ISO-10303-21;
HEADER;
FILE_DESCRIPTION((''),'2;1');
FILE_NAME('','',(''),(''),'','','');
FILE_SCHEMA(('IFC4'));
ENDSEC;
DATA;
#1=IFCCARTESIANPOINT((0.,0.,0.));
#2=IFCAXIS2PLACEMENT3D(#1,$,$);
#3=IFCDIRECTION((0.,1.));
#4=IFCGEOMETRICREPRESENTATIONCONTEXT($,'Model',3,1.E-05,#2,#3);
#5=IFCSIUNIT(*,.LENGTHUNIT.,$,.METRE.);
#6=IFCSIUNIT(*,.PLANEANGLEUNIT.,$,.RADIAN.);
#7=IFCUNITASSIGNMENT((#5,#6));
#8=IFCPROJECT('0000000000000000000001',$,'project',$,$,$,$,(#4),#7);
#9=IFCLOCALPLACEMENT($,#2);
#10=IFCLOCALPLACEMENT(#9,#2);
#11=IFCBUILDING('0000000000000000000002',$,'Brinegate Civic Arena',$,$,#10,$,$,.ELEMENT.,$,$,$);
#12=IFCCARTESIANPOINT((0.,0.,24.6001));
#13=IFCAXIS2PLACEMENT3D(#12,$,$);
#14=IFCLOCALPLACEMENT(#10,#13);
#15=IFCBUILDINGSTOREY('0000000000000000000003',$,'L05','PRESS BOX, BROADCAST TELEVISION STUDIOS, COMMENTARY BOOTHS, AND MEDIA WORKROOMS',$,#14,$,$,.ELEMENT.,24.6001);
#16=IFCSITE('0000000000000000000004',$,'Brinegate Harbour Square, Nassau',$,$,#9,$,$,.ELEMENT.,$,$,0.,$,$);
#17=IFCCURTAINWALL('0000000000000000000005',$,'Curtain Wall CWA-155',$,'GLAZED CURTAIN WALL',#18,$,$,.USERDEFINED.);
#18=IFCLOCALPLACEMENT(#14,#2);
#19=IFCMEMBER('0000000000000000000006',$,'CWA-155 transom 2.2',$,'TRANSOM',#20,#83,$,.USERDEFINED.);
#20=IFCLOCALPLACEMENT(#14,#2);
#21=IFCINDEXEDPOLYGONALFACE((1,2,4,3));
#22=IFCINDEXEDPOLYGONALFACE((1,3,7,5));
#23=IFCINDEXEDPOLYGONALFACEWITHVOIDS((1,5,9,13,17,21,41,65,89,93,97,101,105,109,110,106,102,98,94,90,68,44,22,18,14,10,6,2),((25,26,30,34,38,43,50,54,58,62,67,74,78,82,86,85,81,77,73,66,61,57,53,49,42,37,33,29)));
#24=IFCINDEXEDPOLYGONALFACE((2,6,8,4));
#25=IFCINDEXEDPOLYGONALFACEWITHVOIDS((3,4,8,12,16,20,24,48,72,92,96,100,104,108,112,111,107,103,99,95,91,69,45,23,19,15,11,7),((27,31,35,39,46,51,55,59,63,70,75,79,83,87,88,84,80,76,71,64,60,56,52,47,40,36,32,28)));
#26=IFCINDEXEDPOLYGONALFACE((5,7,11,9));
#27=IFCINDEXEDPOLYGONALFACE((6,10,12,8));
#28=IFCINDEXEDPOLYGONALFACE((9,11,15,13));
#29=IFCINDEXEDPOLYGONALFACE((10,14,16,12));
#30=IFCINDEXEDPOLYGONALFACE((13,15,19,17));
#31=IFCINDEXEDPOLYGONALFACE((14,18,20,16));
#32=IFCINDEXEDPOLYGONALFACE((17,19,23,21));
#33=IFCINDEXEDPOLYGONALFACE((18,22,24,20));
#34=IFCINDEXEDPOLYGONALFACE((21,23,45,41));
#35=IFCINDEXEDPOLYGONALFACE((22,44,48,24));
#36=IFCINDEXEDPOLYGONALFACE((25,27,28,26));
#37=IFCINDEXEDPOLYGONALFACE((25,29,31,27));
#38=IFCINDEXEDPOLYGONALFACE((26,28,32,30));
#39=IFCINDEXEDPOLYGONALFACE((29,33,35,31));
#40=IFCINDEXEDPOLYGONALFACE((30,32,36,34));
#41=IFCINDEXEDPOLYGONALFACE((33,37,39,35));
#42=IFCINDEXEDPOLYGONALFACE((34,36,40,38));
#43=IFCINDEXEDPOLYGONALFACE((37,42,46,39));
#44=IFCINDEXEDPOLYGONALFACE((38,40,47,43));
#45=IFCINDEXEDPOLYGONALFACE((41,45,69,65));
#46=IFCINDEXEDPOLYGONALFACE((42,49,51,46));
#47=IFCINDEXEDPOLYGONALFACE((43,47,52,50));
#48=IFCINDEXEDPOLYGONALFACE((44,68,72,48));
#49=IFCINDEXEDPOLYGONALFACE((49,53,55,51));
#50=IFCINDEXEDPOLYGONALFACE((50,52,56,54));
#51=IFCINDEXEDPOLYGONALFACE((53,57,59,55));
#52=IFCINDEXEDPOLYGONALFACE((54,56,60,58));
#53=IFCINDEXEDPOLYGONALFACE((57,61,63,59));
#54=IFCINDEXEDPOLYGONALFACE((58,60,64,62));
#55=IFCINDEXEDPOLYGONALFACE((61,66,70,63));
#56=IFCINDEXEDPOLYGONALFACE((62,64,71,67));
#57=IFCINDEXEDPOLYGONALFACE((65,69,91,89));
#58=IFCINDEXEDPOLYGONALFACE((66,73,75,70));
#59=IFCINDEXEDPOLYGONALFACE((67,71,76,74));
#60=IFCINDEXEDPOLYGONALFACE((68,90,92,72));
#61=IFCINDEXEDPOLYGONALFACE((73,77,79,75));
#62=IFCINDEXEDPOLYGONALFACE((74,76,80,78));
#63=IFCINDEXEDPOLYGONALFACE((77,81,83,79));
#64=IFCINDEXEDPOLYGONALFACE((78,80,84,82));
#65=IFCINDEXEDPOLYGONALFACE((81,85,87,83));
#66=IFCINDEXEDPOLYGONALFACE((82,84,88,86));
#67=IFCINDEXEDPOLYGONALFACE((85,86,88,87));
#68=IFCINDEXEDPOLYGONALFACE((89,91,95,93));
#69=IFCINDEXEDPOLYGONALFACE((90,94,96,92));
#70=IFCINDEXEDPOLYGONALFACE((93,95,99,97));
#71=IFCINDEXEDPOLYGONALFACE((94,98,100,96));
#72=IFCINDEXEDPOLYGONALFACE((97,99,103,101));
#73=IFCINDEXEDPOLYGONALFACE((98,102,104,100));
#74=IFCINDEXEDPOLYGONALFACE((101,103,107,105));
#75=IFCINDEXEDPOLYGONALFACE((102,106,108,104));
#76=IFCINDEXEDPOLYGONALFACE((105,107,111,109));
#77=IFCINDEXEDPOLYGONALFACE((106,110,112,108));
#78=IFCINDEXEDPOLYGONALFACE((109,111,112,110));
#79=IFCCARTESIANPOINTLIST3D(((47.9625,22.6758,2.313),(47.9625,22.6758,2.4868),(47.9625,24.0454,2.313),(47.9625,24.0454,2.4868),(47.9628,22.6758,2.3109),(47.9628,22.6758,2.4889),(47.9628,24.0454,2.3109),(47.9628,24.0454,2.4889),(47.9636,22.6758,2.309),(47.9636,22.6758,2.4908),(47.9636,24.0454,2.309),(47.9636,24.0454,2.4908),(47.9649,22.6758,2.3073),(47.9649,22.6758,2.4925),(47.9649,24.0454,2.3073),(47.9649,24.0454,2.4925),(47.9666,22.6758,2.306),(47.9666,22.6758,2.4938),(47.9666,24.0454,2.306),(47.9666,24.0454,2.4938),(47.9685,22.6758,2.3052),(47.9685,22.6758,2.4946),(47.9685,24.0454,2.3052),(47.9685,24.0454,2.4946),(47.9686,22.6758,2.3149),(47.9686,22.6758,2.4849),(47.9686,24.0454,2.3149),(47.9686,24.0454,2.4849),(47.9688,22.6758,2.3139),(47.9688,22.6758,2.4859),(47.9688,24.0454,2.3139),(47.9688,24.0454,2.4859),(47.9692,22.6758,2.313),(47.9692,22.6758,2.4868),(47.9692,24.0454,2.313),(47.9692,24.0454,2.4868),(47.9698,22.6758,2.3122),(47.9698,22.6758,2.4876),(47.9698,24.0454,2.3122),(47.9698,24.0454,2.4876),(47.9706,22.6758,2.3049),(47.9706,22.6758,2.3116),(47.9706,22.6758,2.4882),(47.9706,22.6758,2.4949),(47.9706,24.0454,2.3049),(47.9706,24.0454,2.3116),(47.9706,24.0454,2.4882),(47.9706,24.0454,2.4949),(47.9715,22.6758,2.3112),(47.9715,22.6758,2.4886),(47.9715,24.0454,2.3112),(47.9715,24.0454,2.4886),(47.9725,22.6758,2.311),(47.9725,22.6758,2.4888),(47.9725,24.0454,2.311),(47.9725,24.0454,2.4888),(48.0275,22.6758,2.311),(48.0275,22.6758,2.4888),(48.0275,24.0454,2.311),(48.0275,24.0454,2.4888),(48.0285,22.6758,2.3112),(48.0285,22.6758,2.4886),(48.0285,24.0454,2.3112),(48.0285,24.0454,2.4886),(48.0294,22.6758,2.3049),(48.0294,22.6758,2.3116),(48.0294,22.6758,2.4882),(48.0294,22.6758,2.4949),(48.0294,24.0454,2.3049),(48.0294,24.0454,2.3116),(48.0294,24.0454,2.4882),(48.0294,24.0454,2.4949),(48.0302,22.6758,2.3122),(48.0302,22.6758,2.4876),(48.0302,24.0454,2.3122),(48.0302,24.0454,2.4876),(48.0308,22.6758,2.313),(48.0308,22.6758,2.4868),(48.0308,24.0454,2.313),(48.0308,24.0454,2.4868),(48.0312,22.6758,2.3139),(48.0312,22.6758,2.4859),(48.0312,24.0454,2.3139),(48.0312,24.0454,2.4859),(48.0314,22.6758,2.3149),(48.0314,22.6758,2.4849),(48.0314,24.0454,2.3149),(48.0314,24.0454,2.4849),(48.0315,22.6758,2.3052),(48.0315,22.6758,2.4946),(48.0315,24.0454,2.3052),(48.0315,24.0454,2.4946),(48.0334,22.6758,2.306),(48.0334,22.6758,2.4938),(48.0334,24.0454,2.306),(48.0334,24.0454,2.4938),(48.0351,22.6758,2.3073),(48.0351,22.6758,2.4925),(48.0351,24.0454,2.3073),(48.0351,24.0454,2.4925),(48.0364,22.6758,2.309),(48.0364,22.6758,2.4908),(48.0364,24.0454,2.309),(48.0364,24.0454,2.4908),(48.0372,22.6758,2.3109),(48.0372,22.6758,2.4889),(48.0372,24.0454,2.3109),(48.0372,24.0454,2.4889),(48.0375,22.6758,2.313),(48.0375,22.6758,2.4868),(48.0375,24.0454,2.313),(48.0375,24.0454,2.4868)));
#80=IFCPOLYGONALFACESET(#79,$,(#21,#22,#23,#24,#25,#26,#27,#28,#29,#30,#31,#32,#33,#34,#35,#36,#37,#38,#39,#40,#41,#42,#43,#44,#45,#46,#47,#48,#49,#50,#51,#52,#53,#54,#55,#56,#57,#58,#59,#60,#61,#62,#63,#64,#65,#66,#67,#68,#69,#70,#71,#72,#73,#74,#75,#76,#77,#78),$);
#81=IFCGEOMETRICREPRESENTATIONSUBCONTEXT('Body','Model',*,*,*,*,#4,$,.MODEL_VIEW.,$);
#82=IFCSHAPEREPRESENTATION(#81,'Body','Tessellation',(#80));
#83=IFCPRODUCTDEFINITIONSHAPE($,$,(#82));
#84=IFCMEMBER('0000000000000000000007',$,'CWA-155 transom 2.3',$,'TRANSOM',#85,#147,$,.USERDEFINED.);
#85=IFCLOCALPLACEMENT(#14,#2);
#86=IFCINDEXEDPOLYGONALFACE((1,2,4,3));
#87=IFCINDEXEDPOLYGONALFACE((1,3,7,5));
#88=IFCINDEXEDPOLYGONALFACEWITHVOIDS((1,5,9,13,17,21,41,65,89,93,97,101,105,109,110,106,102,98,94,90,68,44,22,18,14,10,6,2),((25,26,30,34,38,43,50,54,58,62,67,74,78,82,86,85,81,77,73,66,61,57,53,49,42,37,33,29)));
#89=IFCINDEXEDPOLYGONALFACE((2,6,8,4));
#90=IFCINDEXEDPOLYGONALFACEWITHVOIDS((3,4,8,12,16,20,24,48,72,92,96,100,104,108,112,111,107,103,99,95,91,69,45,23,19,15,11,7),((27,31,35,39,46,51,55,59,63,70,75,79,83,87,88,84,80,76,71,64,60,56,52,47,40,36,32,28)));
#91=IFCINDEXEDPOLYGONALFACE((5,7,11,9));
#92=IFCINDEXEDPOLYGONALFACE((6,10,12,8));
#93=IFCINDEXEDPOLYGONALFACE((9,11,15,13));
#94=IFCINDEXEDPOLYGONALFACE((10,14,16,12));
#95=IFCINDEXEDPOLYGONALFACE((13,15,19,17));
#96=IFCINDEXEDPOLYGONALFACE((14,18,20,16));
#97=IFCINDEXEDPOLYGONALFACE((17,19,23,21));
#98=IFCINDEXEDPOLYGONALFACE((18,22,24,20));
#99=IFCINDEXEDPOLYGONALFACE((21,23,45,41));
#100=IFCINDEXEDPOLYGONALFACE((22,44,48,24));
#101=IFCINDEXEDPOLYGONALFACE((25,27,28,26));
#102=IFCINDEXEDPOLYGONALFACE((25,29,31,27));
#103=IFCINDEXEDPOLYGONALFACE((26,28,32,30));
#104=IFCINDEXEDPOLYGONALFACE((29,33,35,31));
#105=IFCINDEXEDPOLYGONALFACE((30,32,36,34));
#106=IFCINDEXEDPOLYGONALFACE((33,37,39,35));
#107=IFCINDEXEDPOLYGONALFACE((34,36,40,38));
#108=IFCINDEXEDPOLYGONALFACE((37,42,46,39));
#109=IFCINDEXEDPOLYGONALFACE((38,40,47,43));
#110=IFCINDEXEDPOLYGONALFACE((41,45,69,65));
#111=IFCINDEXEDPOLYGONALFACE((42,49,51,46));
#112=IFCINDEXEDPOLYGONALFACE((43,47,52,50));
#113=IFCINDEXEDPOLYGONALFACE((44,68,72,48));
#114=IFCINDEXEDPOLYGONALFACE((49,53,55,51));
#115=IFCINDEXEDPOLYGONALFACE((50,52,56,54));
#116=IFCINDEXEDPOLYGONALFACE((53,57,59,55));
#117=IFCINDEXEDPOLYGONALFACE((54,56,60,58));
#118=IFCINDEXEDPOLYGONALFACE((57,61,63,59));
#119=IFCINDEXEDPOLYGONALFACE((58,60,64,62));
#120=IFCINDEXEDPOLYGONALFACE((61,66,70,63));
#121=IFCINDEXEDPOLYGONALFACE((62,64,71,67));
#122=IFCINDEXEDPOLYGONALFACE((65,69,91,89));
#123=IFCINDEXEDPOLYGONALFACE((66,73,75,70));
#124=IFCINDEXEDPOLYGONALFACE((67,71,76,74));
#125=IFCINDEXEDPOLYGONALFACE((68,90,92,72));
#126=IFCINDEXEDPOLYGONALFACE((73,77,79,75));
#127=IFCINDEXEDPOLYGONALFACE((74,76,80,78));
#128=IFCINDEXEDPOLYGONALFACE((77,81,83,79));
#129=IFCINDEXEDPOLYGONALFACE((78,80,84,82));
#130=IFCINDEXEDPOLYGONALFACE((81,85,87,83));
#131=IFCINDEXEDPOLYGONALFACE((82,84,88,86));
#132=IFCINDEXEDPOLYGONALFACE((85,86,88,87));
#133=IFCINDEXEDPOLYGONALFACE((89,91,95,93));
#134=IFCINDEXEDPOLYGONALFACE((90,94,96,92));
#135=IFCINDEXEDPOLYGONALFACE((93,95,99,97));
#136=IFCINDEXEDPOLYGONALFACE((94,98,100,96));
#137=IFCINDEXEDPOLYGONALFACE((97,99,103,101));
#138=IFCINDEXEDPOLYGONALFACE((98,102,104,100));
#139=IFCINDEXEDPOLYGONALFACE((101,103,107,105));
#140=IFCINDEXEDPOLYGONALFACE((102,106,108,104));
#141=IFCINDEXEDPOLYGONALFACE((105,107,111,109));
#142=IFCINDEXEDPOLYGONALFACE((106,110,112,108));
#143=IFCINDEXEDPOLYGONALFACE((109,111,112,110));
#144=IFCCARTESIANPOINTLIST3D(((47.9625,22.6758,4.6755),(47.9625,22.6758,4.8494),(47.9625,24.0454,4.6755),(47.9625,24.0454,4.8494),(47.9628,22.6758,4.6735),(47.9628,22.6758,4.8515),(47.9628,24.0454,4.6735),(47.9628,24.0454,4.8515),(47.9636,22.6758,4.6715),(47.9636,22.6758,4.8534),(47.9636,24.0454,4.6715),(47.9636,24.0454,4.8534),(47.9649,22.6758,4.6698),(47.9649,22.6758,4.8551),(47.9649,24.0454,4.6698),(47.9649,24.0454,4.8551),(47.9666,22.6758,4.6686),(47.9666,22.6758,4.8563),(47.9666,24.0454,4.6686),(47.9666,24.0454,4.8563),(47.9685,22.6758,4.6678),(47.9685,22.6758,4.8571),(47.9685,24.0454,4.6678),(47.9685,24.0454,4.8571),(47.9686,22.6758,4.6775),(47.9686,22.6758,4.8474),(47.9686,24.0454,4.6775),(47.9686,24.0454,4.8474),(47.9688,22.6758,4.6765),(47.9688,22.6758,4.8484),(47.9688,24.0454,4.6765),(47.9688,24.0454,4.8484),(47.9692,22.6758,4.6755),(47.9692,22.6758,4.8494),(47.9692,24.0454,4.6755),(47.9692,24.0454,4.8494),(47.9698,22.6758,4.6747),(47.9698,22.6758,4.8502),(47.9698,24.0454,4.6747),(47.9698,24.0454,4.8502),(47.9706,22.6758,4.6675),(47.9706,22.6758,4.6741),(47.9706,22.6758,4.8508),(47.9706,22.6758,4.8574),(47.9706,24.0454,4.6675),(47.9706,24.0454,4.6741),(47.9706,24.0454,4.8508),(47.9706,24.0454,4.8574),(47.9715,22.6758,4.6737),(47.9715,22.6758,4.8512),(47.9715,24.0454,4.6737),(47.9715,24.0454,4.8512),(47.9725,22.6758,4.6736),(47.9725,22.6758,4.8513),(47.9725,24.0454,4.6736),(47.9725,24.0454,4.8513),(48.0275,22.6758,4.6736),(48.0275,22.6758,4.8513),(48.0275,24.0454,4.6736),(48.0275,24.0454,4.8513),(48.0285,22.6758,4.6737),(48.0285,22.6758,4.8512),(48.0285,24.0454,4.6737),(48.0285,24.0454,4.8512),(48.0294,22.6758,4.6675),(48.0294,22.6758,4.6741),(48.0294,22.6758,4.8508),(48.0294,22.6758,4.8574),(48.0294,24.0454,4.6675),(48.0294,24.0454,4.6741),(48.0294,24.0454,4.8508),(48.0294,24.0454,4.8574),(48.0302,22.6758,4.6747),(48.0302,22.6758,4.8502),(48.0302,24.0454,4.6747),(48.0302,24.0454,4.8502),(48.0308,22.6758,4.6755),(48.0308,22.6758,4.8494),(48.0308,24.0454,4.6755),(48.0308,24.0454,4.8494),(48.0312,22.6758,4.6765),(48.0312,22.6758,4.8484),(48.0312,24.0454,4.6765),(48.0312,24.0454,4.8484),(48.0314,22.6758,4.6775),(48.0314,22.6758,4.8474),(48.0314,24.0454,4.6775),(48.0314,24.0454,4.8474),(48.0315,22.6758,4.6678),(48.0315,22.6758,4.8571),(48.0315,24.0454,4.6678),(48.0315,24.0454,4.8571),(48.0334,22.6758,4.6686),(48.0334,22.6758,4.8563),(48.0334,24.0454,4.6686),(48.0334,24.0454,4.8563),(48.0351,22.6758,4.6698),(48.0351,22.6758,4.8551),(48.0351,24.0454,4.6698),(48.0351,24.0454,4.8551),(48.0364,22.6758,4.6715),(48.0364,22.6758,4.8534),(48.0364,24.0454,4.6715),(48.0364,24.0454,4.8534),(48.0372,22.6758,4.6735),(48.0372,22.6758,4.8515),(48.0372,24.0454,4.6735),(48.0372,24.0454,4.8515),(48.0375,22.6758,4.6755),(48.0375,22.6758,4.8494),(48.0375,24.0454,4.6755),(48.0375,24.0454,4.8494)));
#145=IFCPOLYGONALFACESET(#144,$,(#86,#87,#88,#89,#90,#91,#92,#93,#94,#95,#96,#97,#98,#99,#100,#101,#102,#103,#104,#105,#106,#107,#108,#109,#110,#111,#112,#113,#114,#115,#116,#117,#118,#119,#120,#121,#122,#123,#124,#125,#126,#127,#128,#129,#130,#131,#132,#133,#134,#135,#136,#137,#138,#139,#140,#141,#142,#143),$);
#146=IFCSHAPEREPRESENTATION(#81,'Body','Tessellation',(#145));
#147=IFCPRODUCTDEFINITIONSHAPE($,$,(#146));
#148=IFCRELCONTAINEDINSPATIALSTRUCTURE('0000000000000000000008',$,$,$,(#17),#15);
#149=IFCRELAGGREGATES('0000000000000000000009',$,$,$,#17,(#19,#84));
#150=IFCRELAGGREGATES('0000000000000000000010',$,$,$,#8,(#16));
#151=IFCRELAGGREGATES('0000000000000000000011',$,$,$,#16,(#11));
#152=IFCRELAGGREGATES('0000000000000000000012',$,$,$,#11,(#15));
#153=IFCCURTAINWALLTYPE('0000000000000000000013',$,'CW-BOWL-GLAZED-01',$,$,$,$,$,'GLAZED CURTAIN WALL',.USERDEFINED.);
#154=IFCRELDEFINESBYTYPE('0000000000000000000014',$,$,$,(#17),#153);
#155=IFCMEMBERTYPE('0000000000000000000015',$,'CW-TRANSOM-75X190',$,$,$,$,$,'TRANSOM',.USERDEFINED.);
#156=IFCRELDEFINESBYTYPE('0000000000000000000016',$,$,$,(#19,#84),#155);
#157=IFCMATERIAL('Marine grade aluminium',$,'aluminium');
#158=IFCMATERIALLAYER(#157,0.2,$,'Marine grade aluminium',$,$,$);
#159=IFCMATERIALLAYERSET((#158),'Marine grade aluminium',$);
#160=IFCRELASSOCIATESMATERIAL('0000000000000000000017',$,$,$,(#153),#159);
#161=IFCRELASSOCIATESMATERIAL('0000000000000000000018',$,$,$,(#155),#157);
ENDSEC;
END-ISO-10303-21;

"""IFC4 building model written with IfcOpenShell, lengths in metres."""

from ifc_helpers import new_model, si_unit, direction, frame, origin, origin_2d, place, context, subcontext, project, spatial, hollow_rectangle, extrude, material, layer, layer_set, material_profile, profile_set, type_object, element, aggregate, save


model = new_model("IFC4")

# Units and contexts
model_context = context("Model", 3, precision=1e-05, world=origin(), true_north=direction((0.0, 1.0)))
body_context = subcontext(model_context, "Body", "Model", "MODEL_VIEW")
ifc_project = project(units=[si_unit("LENGTHUNIT", "METRE"), si_unit("PLANEANGLEUNIT", "RADIAN")], contexts=[model_context])

# Site, building, storey
site_placement = place(None, origin())
site = spatial("IfcSite", under=ifc_project, at=site_placement, Name="Brinegate Harbour Square, Nassau", CompositionType="ELEMENT", RefElevation=0.0)
building_placement = place(site_placement, origin())
building = spatial("IfcBuilding", under=site, at=building_placement, Name="Brinegate Civic Arena", CompositionType="ELEMENT")
storey_placement = place(building_placement, frame((0.0, 0.0, 24.6001)))
storey = spatial("IfcBuildingStorey", under=building, at=storey_placement, Name="L05", Description="PRESS BOX, BROADCAST TELEVISION STUDIOS, COMMENTARY BOOTHS, AND MEDIA WORKROOMS", CompositionType="ELEMENT", Elevation=24.6001)

# Curtain wall, members
ifc_material_1 = material(Name="Marine grade aluminium", Category="aluminium")
ifc_layer_1 = layer(ifc_material_1, 0.2, Name="Marine grade aluminium")
ifc_layer_set_1 = layer_set([ifc_layer_1], Name="Marine grade aluminium")
curtain_wall_type = type_object("IfcCurtainWallType", Name="CW-BOWL-GLAZED-01", ElementType="GLAZED CURTAIN WALL", PredefinedType="USERDEFINED", material=ifc_layer_set_1)
curtain_wall_placement = place(storey_placement, origin())
curtain_wall = element("IfcCurtainWall", 1, at=curtain_wall_placement, inside=storey, type_object=curtain_wall_type, Name="Curtain Wall CWA-155", ObjectType="GLAZED CURTAIN WALL", PredefinedType="USERDEFINED")
ifc_material_profile_1 = material_profile(ifc_material_1, hollow_rectangle(XDim=0.075, YDim=0.1899, WallThickness=0.0061, InnerFilletRadius=0.0039, OuterFilletRadius=0.0081, at=origin_2d()), Name="TRN75X190")
ifc_profile_set_1 = profile_set([ifc_material_profile_1], Name="Marine grade aluminium")
member_type_1 = type_object("IfcMemberType", Name="CW-TRANSOM-75X190", ElementType="TRANSOM", PredefinedType="USERDEFINED", material=ifc_profile_set_1)
member_1_placement = place(storey_placement, frame((48.0, 22.6758, 2.3999), z_axis=(0.0, 1.0, 0.0), x_axis=(-1.0, 0.0, 0.0)))
member_1 = element("IfcMember", 2, at=member_1_placement, type_object=member_type_1, Name="CWA-155 transom 2.2", ObjectType="TRANSOM", PredefinedType="USERDEFINED", context=body_context, shape_type="SweptSolid", body=[
    extrude(hollow_rectangle(XDim=0.075, YDim=0.1899, WallThickness=0.0061, InnerFilletRadius=0.0039, OuterFilletRadius=0.0081, at=origin_2d()), origin(), (0.0, 0.0, 1.0), 1.3696),
])
member_2_placement = place(storey_placement, frame((48.0, 22.6758, 4.7625), z_axis=(0.0, 1.0, 0.0), x_axis=(-1.0, 0.0, 0.0)))
member_2 = element("IfcMember", 3, at=member_2_placement, type_object=member_type_1, Name="CWA-155 transom 2.3", ObjectType="TRANSOM", PredefinedType="USERDEFINED", context=body_context, shape_type="SweptSolid", body=[
    extrude(hollow_rectangle(XDim=0.075, YDim=0.1899, WallThickness=0.0061, InnerFilletRadius=0.0039, OuterFilletRadius=0.0081, at=origin_2d()), origin(), (0.0, 0.0, 1.0), 1.3696),
])

aggregate(curtain_wall, [member_1, member_2])

save(model, "model.ifc")
